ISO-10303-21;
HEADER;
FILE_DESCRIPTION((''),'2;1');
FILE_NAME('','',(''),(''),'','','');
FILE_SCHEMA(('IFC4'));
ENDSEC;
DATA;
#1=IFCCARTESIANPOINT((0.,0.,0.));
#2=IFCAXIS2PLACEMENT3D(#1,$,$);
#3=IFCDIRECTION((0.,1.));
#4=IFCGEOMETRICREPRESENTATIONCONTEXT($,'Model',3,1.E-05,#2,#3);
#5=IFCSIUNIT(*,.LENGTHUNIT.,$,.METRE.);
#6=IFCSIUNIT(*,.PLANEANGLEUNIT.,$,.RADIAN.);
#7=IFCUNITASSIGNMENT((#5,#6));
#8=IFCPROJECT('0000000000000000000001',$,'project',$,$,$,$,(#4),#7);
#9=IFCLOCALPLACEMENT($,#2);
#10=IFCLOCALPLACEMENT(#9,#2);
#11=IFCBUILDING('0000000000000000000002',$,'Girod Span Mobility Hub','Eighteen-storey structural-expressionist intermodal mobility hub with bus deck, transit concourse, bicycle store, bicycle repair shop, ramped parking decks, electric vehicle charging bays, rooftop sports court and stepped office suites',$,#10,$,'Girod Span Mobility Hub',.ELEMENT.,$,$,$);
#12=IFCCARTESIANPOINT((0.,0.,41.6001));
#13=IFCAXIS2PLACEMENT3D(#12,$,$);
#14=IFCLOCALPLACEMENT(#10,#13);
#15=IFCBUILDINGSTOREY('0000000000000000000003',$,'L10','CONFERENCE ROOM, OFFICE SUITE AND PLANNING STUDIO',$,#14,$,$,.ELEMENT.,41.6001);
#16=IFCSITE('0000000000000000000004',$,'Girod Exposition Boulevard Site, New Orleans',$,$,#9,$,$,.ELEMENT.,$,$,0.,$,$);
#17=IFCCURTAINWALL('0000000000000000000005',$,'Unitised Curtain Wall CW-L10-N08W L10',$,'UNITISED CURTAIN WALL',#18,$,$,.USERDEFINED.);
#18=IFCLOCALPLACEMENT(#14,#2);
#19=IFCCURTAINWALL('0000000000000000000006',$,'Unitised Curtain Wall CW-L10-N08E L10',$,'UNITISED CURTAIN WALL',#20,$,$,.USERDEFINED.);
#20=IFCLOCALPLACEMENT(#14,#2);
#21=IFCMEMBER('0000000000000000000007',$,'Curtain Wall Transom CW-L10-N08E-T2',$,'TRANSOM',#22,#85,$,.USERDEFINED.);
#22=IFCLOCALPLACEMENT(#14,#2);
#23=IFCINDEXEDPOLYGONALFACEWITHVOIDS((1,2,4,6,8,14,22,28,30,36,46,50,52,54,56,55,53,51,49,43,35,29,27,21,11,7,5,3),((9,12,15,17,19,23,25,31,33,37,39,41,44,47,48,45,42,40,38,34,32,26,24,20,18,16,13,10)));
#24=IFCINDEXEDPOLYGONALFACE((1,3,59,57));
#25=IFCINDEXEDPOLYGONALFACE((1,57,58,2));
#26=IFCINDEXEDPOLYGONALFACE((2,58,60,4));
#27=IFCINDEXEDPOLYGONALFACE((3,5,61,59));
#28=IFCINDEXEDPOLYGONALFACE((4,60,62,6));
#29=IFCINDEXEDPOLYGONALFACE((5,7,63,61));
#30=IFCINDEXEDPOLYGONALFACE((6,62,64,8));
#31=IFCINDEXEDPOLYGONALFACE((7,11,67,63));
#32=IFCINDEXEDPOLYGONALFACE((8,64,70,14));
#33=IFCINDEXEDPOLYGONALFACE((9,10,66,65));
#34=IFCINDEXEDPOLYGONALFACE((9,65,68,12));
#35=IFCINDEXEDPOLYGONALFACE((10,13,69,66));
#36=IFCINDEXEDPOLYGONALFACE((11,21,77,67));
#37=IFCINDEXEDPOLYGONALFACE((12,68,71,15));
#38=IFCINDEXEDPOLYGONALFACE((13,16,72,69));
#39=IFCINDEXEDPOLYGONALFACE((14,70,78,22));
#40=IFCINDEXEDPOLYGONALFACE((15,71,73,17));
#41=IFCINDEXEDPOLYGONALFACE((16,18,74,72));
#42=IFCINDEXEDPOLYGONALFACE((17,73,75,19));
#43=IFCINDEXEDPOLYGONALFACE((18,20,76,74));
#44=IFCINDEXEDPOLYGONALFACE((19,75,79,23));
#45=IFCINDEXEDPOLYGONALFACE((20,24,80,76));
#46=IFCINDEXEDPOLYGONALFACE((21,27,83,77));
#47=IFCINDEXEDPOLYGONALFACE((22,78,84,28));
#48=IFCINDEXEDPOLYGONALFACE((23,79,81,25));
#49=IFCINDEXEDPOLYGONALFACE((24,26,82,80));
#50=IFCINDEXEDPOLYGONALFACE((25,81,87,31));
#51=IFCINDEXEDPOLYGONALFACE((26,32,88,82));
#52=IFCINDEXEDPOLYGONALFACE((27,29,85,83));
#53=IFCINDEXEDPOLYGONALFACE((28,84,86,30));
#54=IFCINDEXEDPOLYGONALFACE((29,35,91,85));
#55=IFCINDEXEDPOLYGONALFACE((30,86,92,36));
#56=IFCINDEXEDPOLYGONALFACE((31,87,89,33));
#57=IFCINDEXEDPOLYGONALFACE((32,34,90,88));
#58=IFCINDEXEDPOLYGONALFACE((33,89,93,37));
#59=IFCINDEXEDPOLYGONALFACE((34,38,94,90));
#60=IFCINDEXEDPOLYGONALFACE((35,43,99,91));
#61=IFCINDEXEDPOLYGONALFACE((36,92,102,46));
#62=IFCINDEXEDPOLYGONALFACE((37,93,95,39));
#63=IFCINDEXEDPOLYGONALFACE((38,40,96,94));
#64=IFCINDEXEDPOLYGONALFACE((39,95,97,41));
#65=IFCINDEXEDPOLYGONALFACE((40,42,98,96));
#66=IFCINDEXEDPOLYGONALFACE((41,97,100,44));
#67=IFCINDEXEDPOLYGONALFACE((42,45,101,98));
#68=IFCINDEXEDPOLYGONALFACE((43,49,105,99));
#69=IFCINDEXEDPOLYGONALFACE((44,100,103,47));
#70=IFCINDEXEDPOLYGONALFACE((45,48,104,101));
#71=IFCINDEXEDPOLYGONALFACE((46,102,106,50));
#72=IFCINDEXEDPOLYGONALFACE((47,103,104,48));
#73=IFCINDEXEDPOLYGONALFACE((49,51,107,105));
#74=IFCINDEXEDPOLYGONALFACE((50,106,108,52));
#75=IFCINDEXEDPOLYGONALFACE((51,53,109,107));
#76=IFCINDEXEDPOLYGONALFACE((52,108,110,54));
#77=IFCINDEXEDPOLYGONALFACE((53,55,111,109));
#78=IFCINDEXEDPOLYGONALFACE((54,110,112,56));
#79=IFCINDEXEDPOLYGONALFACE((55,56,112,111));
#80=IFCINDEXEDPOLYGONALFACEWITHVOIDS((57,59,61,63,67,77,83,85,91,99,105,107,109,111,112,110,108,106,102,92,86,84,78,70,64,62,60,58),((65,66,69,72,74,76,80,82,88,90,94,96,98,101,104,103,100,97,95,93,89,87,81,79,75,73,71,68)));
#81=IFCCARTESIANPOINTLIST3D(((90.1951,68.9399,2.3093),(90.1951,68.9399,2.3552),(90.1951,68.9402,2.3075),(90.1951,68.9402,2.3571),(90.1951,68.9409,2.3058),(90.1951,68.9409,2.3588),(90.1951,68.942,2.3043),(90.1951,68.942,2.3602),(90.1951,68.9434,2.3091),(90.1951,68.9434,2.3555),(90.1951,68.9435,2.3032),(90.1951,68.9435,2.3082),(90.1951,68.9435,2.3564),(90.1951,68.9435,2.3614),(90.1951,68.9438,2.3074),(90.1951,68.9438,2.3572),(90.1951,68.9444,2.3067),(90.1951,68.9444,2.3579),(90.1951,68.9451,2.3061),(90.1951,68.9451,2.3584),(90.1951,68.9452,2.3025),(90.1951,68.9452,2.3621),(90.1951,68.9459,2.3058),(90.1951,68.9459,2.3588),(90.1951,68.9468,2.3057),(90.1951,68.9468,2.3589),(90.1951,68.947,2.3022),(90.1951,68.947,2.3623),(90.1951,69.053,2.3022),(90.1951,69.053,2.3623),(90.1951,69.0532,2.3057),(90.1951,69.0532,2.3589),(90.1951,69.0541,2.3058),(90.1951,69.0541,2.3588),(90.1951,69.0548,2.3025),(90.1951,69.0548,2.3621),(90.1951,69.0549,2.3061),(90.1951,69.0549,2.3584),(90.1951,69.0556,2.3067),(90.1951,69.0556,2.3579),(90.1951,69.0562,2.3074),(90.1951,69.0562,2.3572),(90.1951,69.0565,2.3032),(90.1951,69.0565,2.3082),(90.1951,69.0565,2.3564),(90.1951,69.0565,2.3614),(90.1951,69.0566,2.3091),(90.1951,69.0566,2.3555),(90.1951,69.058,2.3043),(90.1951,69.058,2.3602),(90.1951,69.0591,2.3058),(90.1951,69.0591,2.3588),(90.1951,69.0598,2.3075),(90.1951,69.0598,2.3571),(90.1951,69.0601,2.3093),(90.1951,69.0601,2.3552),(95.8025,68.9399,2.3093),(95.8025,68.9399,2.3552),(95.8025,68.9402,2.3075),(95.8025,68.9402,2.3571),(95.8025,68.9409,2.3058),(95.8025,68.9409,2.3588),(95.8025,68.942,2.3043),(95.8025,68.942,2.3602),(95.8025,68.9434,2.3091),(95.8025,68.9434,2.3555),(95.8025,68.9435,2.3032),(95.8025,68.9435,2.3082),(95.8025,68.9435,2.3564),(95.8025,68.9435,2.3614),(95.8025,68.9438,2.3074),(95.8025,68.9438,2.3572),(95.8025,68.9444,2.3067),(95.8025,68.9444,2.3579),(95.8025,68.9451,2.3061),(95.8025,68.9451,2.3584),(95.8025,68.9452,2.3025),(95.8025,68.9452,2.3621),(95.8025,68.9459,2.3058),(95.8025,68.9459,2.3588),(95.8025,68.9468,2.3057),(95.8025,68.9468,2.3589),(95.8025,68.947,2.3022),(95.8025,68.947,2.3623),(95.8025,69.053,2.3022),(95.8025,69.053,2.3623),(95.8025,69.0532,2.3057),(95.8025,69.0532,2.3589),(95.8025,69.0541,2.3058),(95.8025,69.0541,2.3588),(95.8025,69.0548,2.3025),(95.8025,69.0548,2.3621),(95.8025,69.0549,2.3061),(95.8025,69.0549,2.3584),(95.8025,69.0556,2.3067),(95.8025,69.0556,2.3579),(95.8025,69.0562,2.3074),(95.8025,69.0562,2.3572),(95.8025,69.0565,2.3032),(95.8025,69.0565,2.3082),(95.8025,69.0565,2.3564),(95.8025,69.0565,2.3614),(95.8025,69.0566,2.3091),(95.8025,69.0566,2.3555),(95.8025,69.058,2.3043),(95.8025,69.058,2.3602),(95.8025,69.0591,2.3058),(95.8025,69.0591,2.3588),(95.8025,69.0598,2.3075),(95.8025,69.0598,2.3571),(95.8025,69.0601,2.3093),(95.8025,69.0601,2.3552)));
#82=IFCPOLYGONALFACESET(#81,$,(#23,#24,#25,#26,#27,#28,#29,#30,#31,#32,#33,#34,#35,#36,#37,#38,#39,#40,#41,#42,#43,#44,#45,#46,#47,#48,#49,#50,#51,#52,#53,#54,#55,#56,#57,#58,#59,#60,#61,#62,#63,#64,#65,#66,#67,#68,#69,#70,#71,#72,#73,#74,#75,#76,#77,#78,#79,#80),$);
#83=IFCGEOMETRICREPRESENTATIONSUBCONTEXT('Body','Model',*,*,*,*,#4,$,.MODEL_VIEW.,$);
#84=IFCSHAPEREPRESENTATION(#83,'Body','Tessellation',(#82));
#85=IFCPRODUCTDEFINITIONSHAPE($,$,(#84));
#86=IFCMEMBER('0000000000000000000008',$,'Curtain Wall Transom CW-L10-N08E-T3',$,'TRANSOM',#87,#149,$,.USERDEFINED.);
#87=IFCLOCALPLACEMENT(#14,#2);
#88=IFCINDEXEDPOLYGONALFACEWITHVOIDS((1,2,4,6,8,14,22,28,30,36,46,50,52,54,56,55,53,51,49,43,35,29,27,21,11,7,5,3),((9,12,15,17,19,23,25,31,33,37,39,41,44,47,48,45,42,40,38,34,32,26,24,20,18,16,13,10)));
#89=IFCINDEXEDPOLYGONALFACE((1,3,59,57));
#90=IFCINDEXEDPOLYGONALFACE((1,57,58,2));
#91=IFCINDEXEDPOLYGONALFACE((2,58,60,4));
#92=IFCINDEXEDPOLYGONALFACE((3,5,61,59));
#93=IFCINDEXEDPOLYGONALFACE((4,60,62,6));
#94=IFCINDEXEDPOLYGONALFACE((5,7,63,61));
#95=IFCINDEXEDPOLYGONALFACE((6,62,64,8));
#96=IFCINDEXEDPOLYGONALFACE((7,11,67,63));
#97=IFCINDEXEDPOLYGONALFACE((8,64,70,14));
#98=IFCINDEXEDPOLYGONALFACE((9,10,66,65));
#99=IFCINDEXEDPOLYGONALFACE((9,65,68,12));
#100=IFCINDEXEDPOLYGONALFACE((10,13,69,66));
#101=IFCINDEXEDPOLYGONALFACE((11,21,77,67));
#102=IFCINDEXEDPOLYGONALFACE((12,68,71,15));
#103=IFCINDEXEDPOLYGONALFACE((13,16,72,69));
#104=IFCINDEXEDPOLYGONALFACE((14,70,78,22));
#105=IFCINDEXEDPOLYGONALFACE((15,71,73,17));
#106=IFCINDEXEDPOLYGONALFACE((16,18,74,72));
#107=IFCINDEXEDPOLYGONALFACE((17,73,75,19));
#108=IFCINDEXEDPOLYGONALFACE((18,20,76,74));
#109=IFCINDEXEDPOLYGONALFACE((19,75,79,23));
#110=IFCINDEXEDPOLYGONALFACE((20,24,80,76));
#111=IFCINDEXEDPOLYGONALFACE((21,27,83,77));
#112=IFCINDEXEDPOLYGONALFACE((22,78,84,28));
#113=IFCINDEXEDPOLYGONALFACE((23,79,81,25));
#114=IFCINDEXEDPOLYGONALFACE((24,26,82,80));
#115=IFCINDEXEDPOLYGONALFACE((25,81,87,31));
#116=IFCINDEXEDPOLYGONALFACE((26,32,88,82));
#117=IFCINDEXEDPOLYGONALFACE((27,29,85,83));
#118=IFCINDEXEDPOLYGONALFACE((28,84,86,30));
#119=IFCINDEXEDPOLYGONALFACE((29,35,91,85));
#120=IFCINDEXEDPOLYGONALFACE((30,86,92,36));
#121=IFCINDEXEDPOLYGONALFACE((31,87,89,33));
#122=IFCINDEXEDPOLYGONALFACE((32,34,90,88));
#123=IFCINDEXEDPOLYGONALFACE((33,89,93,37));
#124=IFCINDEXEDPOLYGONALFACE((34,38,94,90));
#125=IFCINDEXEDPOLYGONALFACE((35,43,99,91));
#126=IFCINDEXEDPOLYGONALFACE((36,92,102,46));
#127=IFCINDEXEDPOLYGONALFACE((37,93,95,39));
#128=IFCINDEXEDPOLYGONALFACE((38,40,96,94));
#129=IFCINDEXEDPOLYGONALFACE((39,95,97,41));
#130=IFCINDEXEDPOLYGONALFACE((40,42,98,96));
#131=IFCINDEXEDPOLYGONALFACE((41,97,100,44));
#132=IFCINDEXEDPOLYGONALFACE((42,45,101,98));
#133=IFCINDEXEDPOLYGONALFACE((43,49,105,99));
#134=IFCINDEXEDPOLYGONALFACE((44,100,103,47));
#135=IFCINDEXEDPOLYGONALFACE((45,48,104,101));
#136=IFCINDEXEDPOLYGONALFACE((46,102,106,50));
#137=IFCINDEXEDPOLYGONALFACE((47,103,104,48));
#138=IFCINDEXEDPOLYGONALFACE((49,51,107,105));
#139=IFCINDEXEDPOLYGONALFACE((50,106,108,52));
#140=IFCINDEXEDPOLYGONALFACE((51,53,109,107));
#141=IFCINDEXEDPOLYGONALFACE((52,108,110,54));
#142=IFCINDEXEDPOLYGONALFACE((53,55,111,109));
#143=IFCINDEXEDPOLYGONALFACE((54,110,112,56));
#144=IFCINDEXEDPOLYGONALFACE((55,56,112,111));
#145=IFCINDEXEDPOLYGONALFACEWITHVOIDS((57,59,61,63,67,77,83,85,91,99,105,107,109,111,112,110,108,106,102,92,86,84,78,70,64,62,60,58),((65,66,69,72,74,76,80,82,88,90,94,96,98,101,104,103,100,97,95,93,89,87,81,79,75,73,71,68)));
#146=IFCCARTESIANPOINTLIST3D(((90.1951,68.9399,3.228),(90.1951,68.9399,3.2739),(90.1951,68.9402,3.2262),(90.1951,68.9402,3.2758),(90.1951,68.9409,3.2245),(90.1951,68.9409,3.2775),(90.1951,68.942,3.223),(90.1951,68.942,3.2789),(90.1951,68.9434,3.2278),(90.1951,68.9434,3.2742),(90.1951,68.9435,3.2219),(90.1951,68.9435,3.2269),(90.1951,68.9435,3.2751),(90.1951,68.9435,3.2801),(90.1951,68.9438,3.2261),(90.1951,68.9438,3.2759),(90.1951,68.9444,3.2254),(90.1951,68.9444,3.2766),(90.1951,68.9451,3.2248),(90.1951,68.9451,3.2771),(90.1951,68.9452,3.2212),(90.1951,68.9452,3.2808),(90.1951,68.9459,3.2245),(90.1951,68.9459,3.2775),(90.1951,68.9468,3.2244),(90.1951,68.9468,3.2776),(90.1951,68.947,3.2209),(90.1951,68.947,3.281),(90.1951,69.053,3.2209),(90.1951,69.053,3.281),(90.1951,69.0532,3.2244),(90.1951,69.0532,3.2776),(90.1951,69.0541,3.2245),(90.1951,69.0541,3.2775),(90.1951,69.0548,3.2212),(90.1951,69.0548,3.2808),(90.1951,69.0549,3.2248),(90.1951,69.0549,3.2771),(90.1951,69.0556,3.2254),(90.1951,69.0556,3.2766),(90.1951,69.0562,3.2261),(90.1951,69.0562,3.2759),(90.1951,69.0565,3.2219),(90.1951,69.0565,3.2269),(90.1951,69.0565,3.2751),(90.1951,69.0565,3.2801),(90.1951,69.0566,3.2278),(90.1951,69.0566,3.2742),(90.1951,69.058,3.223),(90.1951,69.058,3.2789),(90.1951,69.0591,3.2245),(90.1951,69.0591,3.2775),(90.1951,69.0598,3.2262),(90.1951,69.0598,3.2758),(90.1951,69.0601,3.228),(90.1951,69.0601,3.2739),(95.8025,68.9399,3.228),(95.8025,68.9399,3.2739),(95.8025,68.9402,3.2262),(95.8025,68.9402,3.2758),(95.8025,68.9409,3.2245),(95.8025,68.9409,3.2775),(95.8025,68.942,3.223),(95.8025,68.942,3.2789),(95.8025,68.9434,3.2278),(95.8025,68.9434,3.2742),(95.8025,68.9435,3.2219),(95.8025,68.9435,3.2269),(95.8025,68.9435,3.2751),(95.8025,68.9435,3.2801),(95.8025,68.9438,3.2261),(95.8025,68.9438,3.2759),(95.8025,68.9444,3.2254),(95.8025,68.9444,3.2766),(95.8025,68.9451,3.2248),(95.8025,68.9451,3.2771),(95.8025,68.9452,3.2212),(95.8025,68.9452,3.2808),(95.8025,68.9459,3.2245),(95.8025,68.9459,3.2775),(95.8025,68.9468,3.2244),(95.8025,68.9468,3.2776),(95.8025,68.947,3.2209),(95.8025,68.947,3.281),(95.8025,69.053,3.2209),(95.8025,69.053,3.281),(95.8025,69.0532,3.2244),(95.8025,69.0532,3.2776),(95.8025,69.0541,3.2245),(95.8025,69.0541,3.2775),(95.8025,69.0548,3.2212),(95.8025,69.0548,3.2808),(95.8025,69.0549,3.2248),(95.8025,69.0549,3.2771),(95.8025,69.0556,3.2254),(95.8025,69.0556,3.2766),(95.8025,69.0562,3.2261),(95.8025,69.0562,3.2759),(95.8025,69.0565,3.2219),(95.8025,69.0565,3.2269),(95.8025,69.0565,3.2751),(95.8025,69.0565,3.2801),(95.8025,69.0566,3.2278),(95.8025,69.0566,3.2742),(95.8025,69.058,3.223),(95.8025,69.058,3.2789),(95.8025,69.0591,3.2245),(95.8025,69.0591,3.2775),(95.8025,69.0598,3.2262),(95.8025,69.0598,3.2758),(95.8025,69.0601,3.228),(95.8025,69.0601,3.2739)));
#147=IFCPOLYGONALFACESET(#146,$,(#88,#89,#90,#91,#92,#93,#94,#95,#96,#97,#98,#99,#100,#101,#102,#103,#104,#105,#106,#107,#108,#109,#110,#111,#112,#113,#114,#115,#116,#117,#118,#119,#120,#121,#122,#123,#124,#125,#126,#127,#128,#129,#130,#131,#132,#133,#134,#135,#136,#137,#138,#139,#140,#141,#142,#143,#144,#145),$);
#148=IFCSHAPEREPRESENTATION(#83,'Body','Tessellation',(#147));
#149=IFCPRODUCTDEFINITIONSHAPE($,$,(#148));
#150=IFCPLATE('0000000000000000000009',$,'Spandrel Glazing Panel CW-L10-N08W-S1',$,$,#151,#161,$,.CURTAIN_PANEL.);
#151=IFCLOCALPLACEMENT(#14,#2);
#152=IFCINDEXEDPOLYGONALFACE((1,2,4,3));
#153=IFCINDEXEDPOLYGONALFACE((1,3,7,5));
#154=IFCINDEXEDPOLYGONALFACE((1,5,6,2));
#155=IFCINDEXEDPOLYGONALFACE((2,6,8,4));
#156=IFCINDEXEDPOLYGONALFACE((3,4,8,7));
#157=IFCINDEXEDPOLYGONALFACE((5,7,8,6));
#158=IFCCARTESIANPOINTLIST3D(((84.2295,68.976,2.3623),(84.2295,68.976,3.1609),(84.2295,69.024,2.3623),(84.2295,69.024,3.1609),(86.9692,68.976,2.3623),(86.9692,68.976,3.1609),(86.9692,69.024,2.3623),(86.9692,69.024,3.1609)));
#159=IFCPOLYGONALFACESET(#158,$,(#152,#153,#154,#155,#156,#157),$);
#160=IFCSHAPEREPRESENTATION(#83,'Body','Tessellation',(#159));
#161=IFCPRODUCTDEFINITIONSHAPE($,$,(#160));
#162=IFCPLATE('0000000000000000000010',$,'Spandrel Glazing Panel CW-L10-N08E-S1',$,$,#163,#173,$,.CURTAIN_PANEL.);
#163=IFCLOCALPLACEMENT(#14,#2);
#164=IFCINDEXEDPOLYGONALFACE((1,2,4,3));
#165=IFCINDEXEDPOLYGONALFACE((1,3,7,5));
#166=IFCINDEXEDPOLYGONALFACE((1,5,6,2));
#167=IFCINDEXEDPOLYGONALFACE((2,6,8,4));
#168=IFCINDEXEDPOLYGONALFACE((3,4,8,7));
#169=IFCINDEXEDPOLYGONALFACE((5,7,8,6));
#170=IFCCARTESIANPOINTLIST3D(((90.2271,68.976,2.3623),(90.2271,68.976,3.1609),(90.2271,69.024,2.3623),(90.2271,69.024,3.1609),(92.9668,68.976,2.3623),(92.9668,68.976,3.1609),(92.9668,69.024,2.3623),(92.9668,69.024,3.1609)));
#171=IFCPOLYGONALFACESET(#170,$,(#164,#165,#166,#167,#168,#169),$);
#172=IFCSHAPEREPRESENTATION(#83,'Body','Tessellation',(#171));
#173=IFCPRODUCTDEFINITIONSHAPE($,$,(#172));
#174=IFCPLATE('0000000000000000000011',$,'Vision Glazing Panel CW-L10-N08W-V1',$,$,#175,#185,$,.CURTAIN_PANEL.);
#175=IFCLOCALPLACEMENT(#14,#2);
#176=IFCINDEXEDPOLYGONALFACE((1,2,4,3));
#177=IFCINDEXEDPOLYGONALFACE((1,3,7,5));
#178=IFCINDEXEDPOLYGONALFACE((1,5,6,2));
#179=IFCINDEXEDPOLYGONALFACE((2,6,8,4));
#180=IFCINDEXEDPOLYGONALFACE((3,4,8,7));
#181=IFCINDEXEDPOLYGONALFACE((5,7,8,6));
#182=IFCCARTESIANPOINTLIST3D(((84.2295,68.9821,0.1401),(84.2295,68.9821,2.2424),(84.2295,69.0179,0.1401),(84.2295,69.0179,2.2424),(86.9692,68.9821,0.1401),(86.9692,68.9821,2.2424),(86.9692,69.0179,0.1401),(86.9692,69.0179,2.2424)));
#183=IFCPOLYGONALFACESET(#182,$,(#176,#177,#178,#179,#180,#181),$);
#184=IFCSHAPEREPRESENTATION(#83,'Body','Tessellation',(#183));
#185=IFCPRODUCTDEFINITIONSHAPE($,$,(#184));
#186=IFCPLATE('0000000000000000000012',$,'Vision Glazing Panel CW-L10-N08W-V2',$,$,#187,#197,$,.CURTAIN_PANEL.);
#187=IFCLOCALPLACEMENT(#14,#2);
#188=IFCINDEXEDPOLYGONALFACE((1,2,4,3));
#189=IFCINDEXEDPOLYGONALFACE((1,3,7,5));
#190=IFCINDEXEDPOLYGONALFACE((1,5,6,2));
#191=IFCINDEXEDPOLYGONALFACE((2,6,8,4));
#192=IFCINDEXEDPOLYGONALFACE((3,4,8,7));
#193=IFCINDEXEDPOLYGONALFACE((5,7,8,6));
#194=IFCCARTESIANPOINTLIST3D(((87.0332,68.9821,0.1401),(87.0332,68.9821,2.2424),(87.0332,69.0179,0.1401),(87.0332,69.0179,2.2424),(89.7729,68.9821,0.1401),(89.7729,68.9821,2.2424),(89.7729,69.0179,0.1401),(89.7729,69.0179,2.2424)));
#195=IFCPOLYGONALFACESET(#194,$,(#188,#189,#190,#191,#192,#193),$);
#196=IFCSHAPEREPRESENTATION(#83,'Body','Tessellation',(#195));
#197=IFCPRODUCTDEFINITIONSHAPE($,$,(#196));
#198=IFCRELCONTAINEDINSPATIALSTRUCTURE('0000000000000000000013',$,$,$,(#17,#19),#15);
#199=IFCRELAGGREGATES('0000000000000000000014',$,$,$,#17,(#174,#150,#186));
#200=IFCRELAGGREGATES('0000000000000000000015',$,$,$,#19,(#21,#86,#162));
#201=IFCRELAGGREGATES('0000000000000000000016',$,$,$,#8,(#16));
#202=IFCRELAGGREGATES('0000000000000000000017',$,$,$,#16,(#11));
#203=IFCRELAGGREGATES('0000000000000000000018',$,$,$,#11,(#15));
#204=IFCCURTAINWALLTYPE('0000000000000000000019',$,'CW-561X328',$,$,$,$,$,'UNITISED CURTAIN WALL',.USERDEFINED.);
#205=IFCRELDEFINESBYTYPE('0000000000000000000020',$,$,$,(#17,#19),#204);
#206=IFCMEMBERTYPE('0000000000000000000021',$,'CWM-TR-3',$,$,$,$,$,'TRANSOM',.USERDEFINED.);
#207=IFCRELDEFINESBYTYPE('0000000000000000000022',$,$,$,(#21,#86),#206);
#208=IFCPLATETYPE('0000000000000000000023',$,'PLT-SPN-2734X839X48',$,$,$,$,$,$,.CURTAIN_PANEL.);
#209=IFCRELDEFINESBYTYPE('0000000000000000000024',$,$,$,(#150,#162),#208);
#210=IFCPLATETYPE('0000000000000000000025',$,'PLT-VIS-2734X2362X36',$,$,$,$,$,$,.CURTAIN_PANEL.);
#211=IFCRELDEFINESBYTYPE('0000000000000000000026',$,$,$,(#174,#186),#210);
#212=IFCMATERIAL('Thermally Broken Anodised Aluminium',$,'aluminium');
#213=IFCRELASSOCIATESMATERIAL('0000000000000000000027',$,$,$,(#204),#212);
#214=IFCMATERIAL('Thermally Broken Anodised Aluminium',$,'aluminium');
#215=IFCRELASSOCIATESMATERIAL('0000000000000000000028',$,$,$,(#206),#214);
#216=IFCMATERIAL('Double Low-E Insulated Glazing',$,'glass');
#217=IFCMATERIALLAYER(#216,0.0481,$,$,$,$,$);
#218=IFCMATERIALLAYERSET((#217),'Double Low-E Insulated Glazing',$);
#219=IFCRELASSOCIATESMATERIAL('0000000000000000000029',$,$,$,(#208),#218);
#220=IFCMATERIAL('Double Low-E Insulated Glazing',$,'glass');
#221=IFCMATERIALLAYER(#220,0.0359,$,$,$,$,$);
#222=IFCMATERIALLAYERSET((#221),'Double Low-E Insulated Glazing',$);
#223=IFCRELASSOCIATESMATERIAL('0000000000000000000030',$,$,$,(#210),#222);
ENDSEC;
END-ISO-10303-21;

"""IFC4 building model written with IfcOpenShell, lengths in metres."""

from ifc_helpers import new_model, si_unit, direction, frame, origin, origin_2d, place, context, subcontext, project, spatial, rectangle, hollow_rectangle, extrude, material, layer, layer_set, material_profile, profile_set, type_object, element, aggregate, save


model = new_model("IFC4")

# Units and contexts
model_context = context("Model", 3, precision=1e-05, world=origin(), true_north=direction((0.0, 1.0)))
body_context = subcontext(model_context, "Body", "Model", "MODEL_VIEW")
ifc_project = project(units=[si_unit("LENGTHUNIT", "METRE"), si_unit("PLANEANGLEUNIT", "RADIAN")], contexts=[model_context])

# Site, building, storey
site_placement = place(None, origin())
site = spatial("IfcSite", under=ifc_project, at=site_placement, Name="Girod Exposition Boulevard Site, New Orleans", CompositionType="ELEMENT", RefElevation=0.0)
building_placement = place(site_placement, origin())
building = spatial("IfcBuilding", under=site, at=building_placement, Name="Girod Span Mobility Hub", Description="Eighteen-storey structural-expressionist intermodal mobility hub with bus deck, transit concourse, bicycle store, bicycle repair shop, ramped parking decks, electric vehicle charging bays, rooftop sports court and stepped office suites", LongName="Girod Span Mobility Hub", CompositionType="ELEMENT")
storey_placement = place(building_placement, frame((0.0, 0.0, 41.6001)))
storey = spatial("IfcBuildingStorey", under=building, at=storey_placement, Name="L10", Description="CONFERENCE ROOM, OFFICE SUITE AND PLANNING STUDIO", CompositionType="ELEMENT", Elevation=41.6001)

# Curtain walls
ifc_material_1 = material(Name="Thermally Broken Anodised Aluminium", Category="aluminium")
curtain_wall_type = type_object("IfcCurtainWallType", Name="CW-561X328", ElementType="UNITISED CURTAIN WALL", PredefinedType="USERDEFINED", material=ifc_material_1)
curtain_wall_1_placement = place(storey_placement, origin())
curtain_wall_1 = element("IfcCurtainWall", 1, at=curtain_wall_1_placement, inside=storey, type_object=curtain_wall_type, Name="Unitised Curtain Wall CW-L10-N08W L10", ObjectType="UNITISED CURTAIN WALL", PredefinedType="USERDEFINED")
curtain_wall_2_placement = place(storey_placement, origin())
curtain_wall_2 = element("IfcCurtainWall", 2, at=curtain_wall_2_placement, inside=storey, type_object=curtain_wall_type, Name="Unitised Curtain Wall CW-L10-N08E L10", ObjectType="UNITISED CURTAIN WALL", PredefinedType="USERDEFINED")

# Members
ifc_material_2 = material(Name="Thermally Broken Anodised Aluminium", Category="aluminium")
ifc_material_profile_1 = material_profile(ifc_material_2, hollow_rectangle(XDim=0.1201, YDim=0.0601, WallThickness=0.0034, InnerFilletRadius=0.0034, OuterFilletRadius=0.0071, at=origin_2d()), Name="CW-TR-60X120")
ifc_profile_set_1 = profile_set([ifc_material_profile_1], Name="Thermally Broken Anodised Aluminium")
member_type_1 = type_object("IfcMemberType", Name="CWM-TR-3", ElementType="TRANSOM", PredefinedType="USERDEFINED", material=ifc_profile_set_1)
member_1_placement = place(storey_placement, frame((90.1951, 69.0, 2.3323), z_axis=(1.0, 0.0, 0.0), x_axis=(0.0, 1.0, 0.0)))
member_1 = element("IfcMember", 3, at=member_1_placement, type_object=member_type_1, Name="Curtain Wall Transom CW-L10-N08E-T2", ObjectType="TRANSOM", PredefinedType="USERDEFINED", context=body_context, shape_type="SweptSolid", body=[
    extrude(hollow_rectangle(XDim=0.1201, YDim=0.0601, WallThickness=0.0034, InnerFilletRadius=0.0034, OuterFilletRadius=0.0071, at=origin_2d()), origin(), (0.0, 0.0, 1.0), 5.6074),
])
member_2_placement = place(storey_placement, frame((90.1951, 69.0, 3.251), z_axis=(1.0, 0.0, 0.0), x_axis=(0.0, 1.0, 0.0)))
member_2 = element("IfcMember", 4, at=member_2_placement, type_object=member_type_1, Name="Curtain Wall Transom CW-L10-N08E-T3", ObjectType="TRANSOM", PredefinedType="USERDEFINED", context=body_context, shape_type="SweptSolid", body=[
    extrude(hollow_rectangle(XDim=0.1201, YDim=0.0601, WallThickness=0.0034, InnerFilletRadius=0.0034, OuterFilletRadius=0.0071, at=origin_2d()), origin(), (0.0, 0.0, 1.0), 5.6074),
])

# Plates
ifc_material_3 = material(Name="Double Low-E Insulated Glazing", Category="glass")
ifc_layer_1 = layer(ifc_material_3, 0.0481)
ifc_layer_set_1 = layer_set([ifc_layer_1], Name="Double Low-E Insulated Glazing")
plate_type_1 = type_object("IfcPlateType", Name="PLT-SPN-2734X839X48", PredefinedType="CURTAIN_PANEL", material=ifc_layer_set_1)
plate_1_placement = place(storey_placement, frame((85.5994, 69.0, 2.3623), z_axis=(0.0, 0.0, 1.0), x_axis=(1.0, 0.0, 0.0)))
plate_1 = element("IfcPlate", 5, at=plate_1_placement, type_object=plate_type_1, Name="Spandrel Glazing Panel CW-L10-N08W-S1", PredefinedType="CURTAIN_PANEL", context=body_context, shape_type="SweptSolid", body=[
    extrude(rectangle(XDim=2.7397, YDim=0.0481, at=origin_2d()), origin(), (0.0, 0.0, 1.0), 0.7986),
])
plate_2_placement = place(storey_placement, frame((91.5969, 69.0, 2.3623), z_axis=(0.0, 0.0, 1.0), x_axis=(1.0, 0.0, 0.0)))
plate_2 = element("IfcPlate", 6, at=plate_2_placement, type_object=plate_type_1, Name="Spandrel Glazing Panel CW-L10-N08E-S1", PredefinedType="CURTAIN_PANEL", context=body_context, shape_type="SweptSolid", body=[
    extrude(rectangle(XDim=2.7397, YDim=0.0481, at=origin_2d()), origin(), (0.0, 0.0, 1.0), 0.7986),
])
ifc_material_4 = material(Name="Double Low-E Insulated Glazing", Category="glass")
ifc_layer_2 = layer(ifc_material_4, 0.0359)
ifc_layer_set_2 = layer_set([ifc_layer_2], Name="Double Low-E Insulated Glazing")
plate_type_2 = type_object("IfcPlateType", Name="PLT-VIS-2734X2362X36", PredefinedType="CURTAIN_PANEL", material=ifc_layer_set_2)
plate_3_placement = place(storey_placement, frame((85.5994, 69.0, 0.1401), z_axis=(0.0, 0.0, 1.0), x_axis=(1.0, 0.0, 0.0)))
plate_3 = element("IfcPlate", 7, at=plate_3_placement, type_object=plate_type_2, Name="Vision Glazing Panel CW-L10-N08W-V1", PredefinedType="CURTAIN_PANEL", context=body_context, shape_type="SweptSolid", body=[
    extrude(rectangle(XDim=2.7397, YDim=0.0359, at=origin_2d()), origin(), (0.0, 0.0, 1.0), 2.1023),
])
plate_4_placement = place(storey_placement, frame((88.4031, 69.0, 0.1401), z_axis=(0.0, 0.0, 1.0), x_axis=(1.0, 0.0, 0.0)))
plate_4 = element("IfcPlate", 8, at=plate_4_placement, type_object=plate_type_2, Name="Vision Glazing Panel CW-L10-N08W-V2", PredefinedType="CURTAIN_PANEL", context=body_context, shape_type="SweptSolid", body=[
    extrude(rectangle(XDim=2.7397, YDim=0.0359, at=origin_2d()), origin(), (0.0, 0.0, 1.0), 2.1023),
])
aggregate(curtain_wall_1, [plate_3, plate_1, plate_4])
aggregate(curtain_wall_2, [member_1, member_2, plate_2])

save(model, "model.ifc")
